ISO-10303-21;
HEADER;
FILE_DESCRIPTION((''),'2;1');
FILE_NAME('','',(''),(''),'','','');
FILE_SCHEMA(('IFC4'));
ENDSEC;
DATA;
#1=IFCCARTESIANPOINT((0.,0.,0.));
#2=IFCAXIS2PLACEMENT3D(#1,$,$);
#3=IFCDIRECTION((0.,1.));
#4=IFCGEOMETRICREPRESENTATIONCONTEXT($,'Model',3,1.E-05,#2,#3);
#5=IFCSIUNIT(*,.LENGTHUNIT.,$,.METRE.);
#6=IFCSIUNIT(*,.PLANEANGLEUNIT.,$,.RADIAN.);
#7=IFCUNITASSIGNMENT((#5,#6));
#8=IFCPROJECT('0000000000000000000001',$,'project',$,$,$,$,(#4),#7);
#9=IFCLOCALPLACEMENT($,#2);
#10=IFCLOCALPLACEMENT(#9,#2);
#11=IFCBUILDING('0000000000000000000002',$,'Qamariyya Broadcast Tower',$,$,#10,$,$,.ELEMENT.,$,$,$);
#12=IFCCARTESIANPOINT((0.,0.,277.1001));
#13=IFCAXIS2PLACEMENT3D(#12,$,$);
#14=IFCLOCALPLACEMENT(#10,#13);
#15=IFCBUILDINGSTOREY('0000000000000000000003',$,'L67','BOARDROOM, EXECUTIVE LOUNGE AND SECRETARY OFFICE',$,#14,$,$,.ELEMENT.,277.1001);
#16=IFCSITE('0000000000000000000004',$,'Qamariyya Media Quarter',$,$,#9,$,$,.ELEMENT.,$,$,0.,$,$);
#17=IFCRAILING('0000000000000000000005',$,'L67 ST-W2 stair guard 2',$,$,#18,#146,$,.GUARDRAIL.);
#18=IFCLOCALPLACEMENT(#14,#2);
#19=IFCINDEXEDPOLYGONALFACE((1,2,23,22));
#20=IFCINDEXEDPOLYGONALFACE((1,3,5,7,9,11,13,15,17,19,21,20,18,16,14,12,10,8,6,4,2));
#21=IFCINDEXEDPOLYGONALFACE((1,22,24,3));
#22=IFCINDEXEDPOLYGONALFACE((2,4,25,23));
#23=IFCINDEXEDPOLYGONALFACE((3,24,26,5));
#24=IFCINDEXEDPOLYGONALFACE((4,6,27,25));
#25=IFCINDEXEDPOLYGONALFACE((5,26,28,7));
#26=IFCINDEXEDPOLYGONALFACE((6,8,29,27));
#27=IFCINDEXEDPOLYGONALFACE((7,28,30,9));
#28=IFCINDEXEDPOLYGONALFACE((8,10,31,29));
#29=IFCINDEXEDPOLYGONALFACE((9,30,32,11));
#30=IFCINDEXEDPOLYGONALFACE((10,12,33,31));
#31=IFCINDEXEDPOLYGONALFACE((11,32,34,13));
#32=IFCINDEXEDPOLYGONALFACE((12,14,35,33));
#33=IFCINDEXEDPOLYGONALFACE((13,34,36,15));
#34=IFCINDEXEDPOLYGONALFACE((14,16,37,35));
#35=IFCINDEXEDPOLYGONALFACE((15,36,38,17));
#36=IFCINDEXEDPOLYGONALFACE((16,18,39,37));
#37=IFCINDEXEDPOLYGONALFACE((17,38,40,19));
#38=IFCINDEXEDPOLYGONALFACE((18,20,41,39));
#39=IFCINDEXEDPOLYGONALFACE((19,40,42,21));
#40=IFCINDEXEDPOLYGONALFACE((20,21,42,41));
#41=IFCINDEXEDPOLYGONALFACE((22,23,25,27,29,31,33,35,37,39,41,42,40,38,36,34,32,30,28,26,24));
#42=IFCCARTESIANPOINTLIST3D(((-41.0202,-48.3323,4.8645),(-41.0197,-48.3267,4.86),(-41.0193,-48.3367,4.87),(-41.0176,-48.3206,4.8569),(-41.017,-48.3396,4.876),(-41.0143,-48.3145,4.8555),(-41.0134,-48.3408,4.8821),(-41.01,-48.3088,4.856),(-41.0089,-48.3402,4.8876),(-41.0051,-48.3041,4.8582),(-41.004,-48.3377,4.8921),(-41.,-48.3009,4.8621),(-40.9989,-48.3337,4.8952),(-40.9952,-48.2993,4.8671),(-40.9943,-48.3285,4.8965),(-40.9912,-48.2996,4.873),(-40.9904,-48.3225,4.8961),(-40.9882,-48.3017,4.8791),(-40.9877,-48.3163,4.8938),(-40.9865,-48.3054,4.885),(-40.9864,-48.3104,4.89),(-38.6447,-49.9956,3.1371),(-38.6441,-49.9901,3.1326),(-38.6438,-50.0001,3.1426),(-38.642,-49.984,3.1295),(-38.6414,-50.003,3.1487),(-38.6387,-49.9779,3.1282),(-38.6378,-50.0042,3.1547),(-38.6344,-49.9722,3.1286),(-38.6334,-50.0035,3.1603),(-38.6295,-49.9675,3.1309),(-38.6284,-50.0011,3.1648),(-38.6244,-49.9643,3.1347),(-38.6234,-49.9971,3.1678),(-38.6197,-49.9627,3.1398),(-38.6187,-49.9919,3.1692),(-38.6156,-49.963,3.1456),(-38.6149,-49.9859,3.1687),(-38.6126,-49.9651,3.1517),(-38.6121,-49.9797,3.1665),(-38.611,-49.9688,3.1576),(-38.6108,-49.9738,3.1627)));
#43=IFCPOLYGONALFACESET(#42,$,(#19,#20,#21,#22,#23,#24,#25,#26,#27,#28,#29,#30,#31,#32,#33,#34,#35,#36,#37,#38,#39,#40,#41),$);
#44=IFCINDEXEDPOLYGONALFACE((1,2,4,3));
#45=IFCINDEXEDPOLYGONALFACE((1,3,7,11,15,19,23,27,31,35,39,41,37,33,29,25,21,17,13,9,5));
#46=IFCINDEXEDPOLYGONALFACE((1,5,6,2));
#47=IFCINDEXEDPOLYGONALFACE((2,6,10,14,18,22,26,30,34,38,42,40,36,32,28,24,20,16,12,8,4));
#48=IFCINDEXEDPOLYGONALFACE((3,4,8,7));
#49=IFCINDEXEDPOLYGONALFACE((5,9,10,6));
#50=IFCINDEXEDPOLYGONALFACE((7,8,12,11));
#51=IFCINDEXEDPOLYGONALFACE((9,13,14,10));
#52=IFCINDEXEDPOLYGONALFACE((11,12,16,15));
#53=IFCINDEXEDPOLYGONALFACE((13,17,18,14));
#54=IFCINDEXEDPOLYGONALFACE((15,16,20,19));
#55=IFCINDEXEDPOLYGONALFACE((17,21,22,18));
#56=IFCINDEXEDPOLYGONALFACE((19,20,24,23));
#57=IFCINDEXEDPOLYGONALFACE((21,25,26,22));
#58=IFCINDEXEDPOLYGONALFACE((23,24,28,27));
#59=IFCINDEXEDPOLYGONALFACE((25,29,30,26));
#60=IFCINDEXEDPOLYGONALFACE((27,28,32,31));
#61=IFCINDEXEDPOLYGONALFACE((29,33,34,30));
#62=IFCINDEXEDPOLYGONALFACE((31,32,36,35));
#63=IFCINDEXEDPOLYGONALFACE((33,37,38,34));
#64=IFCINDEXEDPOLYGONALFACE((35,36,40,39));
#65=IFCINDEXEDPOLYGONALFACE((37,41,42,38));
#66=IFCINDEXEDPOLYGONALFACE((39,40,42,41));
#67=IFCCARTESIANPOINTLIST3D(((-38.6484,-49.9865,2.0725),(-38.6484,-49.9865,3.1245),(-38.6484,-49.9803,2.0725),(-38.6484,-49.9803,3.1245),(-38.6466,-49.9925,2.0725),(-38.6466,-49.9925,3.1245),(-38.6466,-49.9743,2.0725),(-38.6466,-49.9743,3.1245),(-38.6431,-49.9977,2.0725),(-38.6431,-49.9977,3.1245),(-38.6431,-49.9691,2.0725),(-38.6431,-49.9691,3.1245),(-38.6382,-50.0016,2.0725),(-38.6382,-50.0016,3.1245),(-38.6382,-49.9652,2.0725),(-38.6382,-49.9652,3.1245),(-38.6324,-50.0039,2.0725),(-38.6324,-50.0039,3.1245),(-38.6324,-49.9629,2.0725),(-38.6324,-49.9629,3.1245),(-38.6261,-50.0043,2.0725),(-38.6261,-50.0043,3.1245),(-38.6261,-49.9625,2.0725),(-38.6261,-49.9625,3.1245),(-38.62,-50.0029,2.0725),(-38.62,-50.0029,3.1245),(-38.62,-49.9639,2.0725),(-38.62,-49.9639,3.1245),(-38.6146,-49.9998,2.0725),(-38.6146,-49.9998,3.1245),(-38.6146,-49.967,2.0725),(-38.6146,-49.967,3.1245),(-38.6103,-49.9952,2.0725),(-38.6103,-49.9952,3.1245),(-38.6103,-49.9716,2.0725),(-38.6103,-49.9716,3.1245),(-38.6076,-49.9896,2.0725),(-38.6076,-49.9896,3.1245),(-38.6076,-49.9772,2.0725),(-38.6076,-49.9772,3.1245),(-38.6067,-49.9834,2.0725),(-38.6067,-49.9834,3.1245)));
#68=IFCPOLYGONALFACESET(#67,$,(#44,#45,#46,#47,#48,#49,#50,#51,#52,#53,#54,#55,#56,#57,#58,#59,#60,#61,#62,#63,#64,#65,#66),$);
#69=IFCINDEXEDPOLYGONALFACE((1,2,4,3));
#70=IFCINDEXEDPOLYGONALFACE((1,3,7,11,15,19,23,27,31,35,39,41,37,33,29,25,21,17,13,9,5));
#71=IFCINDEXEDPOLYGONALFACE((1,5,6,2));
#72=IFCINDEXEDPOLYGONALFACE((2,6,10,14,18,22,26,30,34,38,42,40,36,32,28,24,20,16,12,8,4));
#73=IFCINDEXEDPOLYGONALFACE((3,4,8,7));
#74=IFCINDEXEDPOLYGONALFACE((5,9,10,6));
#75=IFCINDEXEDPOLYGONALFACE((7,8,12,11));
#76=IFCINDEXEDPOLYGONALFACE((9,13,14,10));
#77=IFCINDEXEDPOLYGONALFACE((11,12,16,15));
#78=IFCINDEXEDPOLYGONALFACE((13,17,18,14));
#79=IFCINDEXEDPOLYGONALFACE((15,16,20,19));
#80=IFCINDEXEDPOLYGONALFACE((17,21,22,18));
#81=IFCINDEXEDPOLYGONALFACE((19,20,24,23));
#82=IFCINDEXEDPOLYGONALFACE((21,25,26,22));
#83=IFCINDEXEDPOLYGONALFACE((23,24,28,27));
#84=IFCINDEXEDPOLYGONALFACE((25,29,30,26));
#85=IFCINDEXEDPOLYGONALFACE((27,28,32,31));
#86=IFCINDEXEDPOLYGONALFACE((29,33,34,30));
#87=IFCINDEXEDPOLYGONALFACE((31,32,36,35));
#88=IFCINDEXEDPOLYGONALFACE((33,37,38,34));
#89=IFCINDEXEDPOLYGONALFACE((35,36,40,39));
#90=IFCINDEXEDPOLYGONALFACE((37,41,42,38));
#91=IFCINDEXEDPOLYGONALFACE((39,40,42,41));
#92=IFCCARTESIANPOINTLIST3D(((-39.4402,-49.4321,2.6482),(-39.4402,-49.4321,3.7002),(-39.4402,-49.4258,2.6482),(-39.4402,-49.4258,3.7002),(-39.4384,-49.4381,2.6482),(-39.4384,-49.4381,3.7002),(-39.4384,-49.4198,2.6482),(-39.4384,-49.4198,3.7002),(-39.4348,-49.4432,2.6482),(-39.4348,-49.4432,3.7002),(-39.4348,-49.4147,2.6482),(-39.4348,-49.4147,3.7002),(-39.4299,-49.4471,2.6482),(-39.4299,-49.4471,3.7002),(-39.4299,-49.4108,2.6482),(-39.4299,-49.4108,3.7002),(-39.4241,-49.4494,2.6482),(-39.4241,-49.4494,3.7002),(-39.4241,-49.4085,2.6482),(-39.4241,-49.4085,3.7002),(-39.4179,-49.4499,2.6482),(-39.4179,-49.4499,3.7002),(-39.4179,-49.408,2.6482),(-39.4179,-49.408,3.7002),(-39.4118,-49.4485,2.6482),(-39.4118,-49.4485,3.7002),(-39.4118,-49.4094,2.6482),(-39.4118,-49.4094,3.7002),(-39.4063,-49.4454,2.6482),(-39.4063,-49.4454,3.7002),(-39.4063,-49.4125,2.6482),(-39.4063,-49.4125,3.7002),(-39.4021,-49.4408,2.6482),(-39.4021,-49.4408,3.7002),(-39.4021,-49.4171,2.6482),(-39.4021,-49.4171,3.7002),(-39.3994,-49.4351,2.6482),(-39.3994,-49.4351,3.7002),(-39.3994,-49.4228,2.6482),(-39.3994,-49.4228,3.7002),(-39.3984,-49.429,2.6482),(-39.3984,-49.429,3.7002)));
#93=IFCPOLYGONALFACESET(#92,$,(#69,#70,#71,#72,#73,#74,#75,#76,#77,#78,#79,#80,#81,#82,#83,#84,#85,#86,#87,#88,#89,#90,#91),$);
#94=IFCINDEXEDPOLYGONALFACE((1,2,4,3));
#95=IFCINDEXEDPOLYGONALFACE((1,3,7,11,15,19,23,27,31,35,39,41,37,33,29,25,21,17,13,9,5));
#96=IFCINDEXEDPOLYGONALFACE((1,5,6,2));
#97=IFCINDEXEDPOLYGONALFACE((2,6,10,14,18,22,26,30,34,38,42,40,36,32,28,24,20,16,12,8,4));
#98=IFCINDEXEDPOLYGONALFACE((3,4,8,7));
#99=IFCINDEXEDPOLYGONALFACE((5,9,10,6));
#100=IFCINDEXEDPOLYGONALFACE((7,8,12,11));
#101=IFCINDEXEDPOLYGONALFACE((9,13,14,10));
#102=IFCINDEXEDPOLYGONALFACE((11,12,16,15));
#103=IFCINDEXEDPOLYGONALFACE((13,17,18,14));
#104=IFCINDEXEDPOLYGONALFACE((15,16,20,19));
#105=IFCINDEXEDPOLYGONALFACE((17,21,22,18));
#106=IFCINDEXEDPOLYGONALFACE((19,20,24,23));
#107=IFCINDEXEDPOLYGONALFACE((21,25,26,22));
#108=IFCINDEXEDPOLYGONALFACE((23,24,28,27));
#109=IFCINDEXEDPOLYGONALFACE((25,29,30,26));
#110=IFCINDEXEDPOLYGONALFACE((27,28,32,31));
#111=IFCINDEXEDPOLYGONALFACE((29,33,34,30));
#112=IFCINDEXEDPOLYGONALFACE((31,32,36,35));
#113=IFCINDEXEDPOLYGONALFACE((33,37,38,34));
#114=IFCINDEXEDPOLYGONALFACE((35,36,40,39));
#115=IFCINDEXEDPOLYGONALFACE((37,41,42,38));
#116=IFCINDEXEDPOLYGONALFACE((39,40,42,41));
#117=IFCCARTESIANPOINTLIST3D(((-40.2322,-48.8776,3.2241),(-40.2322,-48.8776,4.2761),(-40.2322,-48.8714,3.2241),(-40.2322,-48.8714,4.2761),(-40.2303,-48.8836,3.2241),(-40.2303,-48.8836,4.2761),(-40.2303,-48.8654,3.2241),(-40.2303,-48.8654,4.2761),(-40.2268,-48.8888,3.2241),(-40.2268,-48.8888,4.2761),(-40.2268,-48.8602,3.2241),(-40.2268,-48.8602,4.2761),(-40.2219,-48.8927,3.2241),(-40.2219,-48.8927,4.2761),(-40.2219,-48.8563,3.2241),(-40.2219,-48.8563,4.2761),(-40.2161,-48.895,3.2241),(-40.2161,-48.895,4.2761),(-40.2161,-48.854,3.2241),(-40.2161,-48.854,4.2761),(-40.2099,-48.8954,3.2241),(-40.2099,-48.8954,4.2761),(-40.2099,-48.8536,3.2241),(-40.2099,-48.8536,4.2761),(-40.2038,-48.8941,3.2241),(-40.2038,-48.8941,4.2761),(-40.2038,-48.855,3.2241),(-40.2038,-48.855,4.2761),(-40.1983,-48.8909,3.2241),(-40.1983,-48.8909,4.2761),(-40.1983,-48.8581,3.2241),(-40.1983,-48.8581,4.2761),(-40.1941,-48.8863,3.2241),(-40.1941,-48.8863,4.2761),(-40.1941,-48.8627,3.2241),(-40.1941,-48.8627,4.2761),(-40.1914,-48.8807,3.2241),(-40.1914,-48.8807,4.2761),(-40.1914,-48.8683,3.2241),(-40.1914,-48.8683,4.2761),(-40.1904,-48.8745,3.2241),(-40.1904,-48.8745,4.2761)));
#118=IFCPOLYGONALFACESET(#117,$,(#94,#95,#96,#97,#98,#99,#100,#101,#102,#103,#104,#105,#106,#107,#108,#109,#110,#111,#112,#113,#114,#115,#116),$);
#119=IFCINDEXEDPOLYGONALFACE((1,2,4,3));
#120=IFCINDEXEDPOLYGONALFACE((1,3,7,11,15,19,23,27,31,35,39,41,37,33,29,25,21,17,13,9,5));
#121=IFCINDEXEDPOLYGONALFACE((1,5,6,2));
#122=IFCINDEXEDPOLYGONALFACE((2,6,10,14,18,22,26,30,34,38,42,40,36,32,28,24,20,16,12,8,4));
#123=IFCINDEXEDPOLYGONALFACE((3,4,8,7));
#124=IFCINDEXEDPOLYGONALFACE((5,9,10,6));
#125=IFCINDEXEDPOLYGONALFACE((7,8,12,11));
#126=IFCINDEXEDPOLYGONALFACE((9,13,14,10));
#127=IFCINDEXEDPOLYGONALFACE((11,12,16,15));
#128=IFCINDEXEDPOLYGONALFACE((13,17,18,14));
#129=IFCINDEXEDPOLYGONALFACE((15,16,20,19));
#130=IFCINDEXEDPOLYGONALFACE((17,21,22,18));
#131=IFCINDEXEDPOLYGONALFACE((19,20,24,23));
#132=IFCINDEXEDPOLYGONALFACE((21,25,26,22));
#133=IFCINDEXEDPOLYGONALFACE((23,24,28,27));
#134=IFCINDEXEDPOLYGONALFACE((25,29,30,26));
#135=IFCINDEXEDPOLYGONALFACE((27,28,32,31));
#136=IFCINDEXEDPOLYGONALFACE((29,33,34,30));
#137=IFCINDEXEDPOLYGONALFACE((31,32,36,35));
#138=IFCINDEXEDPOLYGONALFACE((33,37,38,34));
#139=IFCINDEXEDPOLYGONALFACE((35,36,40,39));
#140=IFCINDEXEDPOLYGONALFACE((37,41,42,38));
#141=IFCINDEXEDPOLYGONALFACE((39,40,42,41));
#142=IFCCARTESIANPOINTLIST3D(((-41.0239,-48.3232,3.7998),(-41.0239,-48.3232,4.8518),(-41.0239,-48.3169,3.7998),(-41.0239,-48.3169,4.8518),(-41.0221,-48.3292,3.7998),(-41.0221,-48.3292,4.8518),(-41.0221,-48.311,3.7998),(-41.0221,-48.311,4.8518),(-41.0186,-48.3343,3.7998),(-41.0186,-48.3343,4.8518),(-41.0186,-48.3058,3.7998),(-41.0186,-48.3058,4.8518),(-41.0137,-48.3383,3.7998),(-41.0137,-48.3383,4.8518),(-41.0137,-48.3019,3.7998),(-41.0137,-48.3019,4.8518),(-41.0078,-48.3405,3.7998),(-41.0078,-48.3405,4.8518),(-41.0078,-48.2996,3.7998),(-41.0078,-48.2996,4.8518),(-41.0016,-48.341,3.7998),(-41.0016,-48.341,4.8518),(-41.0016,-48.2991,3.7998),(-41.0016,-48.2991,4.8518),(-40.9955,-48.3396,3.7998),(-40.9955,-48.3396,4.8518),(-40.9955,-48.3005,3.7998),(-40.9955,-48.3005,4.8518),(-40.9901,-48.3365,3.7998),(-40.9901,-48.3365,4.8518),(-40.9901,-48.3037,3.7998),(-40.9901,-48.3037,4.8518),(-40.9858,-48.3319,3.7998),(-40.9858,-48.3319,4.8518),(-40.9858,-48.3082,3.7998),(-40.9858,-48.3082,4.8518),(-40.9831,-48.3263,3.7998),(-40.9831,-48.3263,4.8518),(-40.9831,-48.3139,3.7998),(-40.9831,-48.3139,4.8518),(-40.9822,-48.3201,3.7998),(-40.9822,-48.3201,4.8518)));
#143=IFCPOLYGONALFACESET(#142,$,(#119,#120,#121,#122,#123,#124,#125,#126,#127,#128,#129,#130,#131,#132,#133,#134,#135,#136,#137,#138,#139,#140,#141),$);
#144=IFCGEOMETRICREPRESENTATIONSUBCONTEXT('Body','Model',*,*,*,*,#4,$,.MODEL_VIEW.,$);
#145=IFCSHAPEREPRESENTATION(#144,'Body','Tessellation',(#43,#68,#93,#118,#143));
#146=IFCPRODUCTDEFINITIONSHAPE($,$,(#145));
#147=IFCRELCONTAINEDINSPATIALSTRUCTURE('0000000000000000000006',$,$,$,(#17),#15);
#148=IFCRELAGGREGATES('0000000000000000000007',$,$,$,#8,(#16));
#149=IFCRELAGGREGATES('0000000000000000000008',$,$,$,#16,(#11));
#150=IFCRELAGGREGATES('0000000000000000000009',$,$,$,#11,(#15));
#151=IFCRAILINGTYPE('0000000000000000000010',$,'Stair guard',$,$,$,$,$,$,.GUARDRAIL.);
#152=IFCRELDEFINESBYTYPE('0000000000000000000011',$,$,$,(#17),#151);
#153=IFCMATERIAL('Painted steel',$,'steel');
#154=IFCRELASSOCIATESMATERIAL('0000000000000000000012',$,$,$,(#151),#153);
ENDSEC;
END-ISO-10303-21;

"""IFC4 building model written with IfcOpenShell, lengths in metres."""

from ifc_helpers import new_model, si_unit, direction, frame, origin, origin_2d, place, context, subcontext, project, spatial, circle, extrude, material, type_object, element, save


model = new_model("IFC4")

# Units and contexts
model_context = context("Model", 3, precision=1e-05, world=origin(), true_north=direction((0.0, 1.0)))
body_context = subcontext(model_context, "Body", "Model", "MODEL_VIEW")
ifc_project = project(units=[si_unit("LENGTHUNIT", "METRE"), si_unit("PLANEANGLEUNIT", "RADIAN")], contexts=[model_context])

# Site, building, storey
site_placement = place(None, origin())
site = spatial("IfcSite", under=ifc_project, at=site_placement, Name="Qamariyya Media Quarter", CompositionType="ELEMENT", RefElevation=0.0)
building_placement = place(site_placement, origin())
building = spatial("IfcBuilding", under=site, at=building_placement, Name="Qamariyya Broadcast Tower", CompositionType="ELEMENT")
storey_placement = place(building_placement, frame((0.0, 0.0, 277.1001)))
storey = spatial("IfcBuildingStorey", under=building, at=storey_placement, Name="L67", Description="BOARDROOM, EXECUTIVE LOUNGE AND SECRETARY OFFICE", CompositionType="ELEMENT", Elevation=277.1001)

# Railing
ifc_material_1 = material(Name="Painted steel", Category="steel")
railing_type_1 = type_object("IfcRailingType", Name="Stair guard", PredefinedType="GUARDRAIL", material=ifc_material_1)
railing_1_placement = place(storey_placement, frame((-38.6277, -49.9834, 2.0725)))
element("IfcRailing", 1, at=railing_1_placement, inside=storey, type_object=railing_type_1, Name="L67 ST-W2 stair guard 2", PredefinedType="GUARDRAIL", context=body_context, shape_type="SweptSolid", body=[
    extrude(circle(Radius=0.0239, at=origin_2d()), frame((0.0, 0.0, 1.0762), z_axis=(-0.70377, 0.492784, 0.511734), x_axis=(-0.573575, -0.819153, 0.0)), (0.0, 0.0, 1.0), 3.3755),
    extrude(circle(Radius=0.021, at=origin_2d()), origin(), (0.0, 0.0, 1.0), 1.052),
    extrude(circle(Radius=0.021, at=origin_2d()), frame((-0.7917, 0.5544, 0.5757)), (0.0, 0.0, 1.0), 1.052),
    extrude(circle(Radius=0.021, at=origin_2d()), frame((-1.5837, 1.1089, 1.1516)), (0.0, 0.0, 1.0), 1.052),
    extrude(circle(Radius=0.021, at=origin_2d()), frame((-2.3755, 1.6633, 1.7273)), (0.0, 0.0, 1.0), 1.052),
])

save(model, "model.ifc")
